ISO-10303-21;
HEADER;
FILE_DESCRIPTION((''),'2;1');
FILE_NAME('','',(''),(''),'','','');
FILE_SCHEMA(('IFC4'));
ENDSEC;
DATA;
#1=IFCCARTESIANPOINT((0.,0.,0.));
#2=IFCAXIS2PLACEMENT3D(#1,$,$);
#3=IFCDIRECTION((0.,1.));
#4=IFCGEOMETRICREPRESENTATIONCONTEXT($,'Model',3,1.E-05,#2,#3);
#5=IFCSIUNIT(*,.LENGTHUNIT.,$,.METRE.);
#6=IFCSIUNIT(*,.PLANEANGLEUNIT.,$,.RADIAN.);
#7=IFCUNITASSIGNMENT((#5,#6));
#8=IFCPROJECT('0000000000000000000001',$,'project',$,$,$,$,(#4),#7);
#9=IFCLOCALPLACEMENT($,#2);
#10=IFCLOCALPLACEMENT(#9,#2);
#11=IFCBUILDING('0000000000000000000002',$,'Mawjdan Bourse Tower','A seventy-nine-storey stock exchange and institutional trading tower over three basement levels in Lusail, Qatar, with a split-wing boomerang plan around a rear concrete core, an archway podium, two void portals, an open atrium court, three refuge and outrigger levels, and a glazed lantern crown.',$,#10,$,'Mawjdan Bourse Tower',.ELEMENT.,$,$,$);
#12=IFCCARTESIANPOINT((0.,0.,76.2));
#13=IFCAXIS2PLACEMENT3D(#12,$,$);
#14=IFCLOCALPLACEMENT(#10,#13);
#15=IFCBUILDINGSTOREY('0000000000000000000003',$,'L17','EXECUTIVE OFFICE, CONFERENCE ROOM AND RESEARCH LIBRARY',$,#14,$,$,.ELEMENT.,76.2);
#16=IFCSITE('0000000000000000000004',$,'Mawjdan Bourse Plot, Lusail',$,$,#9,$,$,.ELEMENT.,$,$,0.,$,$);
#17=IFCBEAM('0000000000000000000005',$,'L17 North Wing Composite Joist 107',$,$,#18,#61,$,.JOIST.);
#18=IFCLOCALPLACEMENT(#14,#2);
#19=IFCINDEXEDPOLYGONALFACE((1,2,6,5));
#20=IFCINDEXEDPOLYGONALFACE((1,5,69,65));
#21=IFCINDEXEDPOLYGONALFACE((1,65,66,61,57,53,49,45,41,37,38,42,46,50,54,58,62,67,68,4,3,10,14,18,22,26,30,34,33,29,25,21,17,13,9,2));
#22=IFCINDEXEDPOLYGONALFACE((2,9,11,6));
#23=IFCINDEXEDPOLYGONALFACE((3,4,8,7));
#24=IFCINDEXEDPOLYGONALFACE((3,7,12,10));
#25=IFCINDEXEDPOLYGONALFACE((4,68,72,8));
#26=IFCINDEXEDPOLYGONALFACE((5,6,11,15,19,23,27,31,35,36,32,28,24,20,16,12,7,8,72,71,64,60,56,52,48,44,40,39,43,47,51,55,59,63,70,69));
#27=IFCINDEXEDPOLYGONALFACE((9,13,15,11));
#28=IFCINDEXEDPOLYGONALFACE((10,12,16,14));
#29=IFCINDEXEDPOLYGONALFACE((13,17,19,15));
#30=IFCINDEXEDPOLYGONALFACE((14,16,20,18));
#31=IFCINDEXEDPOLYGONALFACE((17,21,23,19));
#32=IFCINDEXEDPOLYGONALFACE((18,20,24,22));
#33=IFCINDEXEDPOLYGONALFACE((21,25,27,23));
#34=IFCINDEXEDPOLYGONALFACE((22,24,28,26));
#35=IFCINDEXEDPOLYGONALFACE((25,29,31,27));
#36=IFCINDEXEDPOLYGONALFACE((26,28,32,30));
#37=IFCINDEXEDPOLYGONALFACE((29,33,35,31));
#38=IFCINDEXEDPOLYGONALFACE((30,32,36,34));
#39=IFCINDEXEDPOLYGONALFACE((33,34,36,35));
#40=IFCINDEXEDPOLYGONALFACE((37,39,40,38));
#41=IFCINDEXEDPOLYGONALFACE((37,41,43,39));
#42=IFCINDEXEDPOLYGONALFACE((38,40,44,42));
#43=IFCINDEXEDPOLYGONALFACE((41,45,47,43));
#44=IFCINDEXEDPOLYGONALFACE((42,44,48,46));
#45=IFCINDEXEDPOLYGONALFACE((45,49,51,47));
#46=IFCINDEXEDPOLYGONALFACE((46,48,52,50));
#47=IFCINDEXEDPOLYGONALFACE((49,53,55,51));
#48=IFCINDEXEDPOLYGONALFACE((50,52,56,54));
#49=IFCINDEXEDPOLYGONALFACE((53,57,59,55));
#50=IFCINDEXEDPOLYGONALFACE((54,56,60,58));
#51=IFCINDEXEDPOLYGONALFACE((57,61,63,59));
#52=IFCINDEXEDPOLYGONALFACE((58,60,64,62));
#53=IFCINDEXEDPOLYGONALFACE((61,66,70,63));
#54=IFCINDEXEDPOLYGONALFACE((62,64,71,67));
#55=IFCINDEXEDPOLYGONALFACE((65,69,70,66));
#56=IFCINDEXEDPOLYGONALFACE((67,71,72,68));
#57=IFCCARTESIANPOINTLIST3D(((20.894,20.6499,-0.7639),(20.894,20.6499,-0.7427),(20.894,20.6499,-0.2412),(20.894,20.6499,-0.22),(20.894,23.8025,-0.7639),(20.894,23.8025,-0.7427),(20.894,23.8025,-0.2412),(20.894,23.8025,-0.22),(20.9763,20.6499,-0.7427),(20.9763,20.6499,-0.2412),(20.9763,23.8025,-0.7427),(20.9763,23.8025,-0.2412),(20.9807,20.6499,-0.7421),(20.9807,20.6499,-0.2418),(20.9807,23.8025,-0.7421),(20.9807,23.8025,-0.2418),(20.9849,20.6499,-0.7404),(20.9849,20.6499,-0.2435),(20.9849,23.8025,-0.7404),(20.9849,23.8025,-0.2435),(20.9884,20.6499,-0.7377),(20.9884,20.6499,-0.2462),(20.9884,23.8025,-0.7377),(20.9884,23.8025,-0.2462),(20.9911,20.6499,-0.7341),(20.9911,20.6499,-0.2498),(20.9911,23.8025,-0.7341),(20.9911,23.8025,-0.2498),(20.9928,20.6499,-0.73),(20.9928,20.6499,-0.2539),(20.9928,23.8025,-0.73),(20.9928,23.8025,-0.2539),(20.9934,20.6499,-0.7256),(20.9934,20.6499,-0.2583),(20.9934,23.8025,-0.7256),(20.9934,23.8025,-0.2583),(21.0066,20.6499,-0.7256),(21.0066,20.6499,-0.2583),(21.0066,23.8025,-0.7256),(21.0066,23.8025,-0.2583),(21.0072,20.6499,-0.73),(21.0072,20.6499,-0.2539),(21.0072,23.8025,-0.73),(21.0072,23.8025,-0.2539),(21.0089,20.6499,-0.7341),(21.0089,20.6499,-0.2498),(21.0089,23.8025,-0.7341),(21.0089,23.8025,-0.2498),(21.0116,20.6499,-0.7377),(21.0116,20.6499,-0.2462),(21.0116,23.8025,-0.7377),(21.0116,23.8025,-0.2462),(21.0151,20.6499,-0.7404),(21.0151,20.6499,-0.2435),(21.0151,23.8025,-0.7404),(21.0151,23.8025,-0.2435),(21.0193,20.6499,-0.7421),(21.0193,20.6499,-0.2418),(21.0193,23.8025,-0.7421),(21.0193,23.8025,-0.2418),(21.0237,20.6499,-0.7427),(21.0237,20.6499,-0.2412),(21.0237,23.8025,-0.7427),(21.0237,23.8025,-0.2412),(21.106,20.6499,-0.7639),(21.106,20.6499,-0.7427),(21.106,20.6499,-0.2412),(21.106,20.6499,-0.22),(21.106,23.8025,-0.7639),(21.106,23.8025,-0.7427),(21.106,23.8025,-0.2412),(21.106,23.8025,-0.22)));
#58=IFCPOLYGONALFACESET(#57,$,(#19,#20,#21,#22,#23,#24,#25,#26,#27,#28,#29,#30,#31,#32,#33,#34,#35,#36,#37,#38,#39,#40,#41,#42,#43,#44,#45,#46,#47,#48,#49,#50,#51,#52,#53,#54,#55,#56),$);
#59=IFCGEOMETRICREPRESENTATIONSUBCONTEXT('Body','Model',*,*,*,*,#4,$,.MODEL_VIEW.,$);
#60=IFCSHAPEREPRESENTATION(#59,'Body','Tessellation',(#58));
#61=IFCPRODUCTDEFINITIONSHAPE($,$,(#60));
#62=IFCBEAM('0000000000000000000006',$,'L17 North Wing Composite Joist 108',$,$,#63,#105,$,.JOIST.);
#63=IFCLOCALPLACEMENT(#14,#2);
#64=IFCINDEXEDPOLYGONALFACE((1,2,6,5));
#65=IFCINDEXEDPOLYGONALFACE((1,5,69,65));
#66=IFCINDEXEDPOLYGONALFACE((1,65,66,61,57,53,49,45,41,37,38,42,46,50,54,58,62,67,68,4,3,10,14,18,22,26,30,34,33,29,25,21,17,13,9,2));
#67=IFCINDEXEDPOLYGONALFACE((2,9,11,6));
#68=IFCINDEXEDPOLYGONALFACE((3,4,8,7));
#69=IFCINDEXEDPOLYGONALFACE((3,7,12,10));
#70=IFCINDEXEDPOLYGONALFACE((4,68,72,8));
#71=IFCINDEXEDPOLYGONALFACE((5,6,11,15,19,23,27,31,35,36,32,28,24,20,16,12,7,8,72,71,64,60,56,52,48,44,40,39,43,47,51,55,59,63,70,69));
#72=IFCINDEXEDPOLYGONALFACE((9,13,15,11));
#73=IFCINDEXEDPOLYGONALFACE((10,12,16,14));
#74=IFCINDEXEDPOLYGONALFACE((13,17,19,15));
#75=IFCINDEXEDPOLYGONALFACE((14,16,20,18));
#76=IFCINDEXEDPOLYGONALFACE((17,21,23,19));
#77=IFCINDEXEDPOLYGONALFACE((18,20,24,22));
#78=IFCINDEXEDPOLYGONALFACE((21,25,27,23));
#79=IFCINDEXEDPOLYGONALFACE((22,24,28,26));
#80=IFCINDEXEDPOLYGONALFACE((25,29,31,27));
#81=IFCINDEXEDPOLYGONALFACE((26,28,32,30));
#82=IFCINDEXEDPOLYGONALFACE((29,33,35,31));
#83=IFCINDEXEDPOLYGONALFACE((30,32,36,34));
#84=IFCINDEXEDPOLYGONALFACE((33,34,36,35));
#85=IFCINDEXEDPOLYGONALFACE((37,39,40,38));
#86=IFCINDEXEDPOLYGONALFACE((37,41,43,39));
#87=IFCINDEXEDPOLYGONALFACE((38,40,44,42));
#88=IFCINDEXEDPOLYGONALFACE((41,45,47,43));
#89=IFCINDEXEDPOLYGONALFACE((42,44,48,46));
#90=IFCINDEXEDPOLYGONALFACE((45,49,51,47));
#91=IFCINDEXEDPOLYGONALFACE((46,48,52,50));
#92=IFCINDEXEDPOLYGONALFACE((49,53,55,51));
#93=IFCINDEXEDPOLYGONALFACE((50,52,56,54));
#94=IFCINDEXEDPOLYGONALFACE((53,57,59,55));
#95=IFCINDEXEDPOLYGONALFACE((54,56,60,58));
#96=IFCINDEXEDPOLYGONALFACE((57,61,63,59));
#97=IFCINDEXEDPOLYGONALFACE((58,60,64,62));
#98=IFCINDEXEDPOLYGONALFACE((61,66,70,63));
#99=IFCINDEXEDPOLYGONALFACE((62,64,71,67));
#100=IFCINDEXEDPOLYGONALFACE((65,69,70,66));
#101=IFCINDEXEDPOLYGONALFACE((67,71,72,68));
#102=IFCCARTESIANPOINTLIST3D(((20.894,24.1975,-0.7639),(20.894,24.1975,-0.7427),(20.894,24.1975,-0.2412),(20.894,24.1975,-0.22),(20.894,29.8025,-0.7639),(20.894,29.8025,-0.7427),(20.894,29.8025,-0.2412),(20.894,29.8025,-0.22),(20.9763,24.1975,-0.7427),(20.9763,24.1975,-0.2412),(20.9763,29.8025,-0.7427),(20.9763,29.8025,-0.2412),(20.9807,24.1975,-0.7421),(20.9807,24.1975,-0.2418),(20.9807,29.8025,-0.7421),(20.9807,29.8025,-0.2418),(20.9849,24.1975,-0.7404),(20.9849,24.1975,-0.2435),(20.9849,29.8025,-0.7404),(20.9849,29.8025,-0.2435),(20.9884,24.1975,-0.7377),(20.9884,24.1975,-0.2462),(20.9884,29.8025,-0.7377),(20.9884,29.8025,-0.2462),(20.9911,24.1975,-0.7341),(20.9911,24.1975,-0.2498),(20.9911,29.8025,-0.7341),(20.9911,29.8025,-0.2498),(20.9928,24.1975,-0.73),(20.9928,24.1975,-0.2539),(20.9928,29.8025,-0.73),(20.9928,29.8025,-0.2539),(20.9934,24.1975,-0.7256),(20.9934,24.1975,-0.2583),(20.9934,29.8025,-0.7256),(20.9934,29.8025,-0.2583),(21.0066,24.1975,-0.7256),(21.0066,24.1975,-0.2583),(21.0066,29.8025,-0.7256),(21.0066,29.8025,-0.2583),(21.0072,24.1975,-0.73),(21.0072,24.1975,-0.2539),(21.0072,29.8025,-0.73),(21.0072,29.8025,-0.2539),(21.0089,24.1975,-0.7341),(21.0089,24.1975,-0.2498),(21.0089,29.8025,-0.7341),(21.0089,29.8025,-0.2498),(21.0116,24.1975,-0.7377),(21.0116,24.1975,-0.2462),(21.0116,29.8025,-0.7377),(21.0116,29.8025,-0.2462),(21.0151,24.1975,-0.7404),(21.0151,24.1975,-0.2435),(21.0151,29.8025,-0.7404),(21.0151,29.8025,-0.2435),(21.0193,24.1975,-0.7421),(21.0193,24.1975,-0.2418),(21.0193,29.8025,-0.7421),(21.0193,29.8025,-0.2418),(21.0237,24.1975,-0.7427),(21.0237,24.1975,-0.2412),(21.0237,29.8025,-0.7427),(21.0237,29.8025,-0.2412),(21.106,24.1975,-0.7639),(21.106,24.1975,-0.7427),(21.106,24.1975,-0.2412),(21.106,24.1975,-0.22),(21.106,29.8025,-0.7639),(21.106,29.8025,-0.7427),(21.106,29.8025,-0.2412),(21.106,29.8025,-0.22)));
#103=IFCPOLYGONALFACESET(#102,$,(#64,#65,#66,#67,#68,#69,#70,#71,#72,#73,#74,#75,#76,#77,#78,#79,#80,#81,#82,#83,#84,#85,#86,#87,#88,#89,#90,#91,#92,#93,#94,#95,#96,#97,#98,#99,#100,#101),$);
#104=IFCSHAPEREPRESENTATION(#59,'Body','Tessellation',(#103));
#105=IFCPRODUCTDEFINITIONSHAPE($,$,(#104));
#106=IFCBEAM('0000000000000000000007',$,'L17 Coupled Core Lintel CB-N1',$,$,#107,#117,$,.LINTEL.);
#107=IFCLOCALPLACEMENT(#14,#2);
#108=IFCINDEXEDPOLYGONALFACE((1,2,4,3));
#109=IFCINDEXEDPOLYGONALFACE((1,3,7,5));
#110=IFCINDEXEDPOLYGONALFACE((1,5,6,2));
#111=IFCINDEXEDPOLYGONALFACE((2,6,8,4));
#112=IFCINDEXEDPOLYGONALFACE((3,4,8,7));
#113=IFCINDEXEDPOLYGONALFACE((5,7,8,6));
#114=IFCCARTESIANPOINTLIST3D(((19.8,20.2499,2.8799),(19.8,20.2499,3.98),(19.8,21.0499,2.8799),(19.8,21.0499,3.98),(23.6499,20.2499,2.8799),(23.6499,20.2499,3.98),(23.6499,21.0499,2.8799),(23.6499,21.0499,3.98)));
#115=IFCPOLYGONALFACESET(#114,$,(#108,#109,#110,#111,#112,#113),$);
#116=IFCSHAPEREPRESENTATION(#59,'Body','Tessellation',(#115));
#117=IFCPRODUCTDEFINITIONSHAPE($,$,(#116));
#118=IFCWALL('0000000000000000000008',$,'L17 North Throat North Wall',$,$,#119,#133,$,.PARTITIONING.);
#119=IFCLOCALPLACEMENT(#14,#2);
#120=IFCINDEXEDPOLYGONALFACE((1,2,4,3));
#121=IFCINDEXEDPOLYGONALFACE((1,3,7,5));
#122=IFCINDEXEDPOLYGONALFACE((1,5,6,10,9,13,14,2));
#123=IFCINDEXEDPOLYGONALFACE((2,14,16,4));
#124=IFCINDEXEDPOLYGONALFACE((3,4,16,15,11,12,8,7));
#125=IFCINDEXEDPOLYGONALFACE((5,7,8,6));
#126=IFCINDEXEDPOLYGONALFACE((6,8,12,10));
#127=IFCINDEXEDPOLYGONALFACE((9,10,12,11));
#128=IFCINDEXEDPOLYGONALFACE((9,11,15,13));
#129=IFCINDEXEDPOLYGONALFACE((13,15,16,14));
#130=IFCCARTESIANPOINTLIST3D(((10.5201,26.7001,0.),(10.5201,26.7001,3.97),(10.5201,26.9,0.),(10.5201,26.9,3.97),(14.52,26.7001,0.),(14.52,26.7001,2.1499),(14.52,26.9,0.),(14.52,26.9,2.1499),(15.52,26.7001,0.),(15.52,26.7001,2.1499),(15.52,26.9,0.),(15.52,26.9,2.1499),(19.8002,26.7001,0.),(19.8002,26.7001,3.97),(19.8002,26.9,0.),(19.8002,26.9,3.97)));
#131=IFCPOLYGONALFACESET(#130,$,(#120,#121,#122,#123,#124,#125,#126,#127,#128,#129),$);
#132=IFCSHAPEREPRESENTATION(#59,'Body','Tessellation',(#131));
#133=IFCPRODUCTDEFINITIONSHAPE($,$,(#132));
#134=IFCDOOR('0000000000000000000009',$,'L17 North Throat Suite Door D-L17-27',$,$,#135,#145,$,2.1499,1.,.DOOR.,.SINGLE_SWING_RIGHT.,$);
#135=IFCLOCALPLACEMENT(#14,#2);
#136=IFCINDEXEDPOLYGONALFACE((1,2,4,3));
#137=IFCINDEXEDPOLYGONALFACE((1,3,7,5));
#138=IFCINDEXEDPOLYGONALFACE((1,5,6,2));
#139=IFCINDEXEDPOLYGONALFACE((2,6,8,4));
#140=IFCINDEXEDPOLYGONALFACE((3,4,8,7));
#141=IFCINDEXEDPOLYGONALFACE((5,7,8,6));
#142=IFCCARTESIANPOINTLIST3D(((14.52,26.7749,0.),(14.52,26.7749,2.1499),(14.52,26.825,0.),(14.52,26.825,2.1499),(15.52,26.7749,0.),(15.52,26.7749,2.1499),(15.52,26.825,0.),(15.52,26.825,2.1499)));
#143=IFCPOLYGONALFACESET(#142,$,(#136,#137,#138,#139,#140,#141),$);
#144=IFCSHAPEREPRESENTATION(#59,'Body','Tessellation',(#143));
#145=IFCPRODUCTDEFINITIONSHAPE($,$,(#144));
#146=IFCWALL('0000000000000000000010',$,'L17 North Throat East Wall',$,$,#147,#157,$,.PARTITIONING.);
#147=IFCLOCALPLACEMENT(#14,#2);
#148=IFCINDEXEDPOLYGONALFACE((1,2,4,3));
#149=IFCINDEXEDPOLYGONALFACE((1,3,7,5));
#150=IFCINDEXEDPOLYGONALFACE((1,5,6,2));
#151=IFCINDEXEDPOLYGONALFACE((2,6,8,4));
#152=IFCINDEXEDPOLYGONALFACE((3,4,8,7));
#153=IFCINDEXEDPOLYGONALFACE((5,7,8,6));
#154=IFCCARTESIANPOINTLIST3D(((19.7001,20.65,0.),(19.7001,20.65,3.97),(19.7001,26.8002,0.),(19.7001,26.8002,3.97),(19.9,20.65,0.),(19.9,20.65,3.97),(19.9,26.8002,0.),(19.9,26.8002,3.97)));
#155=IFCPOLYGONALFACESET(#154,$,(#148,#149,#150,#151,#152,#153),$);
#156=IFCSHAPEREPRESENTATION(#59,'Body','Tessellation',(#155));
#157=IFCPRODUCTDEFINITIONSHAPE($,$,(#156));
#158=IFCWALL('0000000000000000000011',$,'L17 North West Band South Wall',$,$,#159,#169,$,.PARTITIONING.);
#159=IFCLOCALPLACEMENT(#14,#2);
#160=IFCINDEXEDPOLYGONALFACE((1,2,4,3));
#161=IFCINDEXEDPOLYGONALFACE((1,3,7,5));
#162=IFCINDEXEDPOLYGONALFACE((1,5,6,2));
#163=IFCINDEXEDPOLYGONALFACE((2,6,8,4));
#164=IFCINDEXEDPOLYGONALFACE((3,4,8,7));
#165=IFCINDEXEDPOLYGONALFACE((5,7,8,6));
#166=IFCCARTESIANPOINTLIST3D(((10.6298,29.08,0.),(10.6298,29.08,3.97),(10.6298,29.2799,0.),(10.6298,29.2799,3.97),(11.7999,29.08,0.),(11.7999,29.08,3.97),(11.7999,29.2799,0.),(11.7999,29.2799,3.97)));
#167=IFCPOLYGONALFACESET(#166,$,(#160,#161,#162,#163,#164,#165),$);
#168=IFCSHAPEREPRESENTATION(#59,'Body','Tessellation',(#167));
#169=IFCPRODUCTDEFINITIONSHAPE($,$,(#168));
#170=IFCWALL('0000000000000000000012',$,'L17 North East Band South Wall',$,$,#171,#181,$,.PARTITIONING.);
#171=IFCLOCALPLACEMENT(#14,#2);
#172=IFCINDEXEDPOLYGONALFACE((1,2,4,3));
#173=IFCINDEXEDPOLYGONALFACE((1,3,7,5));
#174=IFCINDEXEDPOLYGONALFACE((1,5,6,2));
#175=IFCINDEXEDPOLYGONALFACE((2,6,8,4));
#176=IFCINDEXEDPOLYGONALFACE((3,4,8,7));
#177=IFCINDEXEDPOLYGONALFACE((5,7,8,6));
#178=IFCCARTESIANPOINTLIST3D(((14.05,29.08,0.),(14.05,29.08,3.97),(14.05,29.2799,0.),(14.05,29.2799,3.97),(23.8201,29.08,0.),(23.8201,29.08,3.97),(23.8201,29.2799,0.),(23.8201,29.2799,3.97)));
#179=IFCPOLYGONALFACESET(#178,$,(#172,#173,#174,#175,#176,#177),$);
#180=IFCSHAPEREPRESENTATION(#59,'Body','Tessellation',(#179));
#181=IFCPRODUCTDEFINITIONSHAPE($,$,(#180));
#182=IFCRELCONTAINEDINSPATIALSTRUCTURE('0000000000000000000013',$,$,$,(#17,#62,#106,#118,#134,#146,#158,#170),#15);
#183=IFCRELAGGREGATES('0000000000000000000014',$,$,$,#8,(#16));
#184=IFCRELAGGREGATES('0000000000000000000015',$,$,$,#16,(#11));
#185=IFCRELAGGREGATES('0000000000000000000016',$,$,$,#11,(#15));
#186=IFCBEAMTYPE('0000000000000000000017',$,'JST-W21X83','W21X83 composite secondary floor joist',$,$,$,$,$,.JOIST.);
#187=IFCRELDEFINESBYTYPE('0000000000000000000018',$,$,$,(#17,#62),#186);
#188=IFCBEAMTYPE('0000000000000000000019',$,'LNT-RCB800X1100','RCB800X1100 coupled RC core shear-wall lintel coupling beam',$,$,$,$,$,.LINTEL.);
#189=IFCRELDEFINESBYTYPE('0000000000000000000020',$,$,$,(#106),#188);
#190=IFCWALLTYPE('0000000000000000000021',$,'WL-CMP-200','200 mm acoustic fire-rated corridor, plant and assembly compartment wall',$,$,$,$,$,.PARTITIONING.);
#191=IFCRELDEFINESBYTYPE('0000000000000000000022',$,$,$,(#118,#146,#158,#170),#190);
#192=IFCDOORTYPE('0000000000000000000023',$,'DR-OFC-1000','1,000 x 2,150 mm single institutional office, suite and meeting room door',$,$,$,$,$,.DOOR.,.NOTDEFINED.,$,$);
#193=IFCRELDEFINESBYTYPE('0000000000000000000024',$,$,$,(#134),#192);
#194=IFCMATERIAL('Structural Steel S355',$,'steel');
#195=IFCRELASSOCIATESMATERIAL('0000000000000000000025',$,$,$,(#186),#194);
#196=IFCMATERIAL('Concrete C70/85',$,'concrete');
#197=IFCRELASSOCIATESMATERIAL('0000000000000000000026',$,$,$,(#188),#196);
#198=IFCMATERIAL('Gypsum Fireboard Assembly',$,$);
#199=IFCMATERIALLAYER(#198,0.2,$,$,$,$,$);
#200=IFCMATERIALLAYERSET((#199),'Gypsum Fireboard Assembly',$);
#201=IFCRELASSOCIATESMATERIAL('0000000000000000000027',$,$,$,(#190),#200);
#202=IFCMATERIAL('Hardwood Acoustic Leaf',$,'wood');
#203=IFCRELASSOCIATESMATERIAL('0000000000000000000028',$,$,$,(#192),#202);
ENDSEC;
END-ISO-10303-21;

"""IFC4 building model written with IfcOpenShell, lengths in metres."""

from ifc_helpers import new_model, si_unit, direction, frame, frame_2d, origin, origin_2d, place, context, subcontext, project, spatial, rectangle, i_section, extrude, material, layer, layer_set, material_profile, profile_set, type_object, element, fill, save


model = new_model("IFC4")

# Units and contexts
model_context = context("Model", 3, precision=1e-05, world=origin(), true_north=direction((0.0, 1.0)))
body_context = subcontext(model_context, "Body", "Model", "MODEL_VIEW")
ifc_project = project(units=[si_unit("LENGTHUNIT", "METRE"), si_unit("PLANEANGLEUNIT", "RADIAN")], contexts=[model_context])

# Site, building, storey
site_placement = place(None, origin())
site = spatial("IfcSite", under=ifc_project, at=site_placement, Name="Mawjdan Bourse Plot, Lusail", CompositionType="ELEMENT", RefElevation=0.0)
building_placement = place(site_placement, origin())
building = spatial("IfcBuilding", under=site, at=building_placement, Name="Mawjdan Bourse Tower", Description="A seventy-nine-storey stock exchange and institutional trading tower over three basement levels in Lusail, Qatar, with a split-wing boomerang plan around a rear concrete core, an archway podium, two void portals, an open atrium court, three refuge and outrigger levels, and a glazed lantern crown.", LongName="Mawjdan Bourse Tower", CompositionType="ELEMENT")
storey_placement = place(building_placement, frame((0.0, 0.0, 76.2)))
storey = spatial("IfcBuildingStorey", under=building, at=storey_placement, Name="L17", Description="EXECUTIVE OFFICE, CONFERENCE ROOM AND RESEARCH LIBRARY", CompositionType="ELEMENT", Elevation=76.2)

# Beams
ifc_material_1 = material(Name="Structural Steel S355", Category="steel")
ifc_material_profile_1 = material_profile(ifc_material_1, i_section(OverallWidth=0.2119, OverallDepth=0.5439, WebThickness=0.0132, FlangeThickness=0.0212, FilletRadius=0.0171, at=origin_2d()), Name="W21X83")
ifc_profile_set_1 = profile_set([ifc_material_profile_1], Name="Structural Steel S355")
beam_type_1 = type_object("IfcBeamType", Name="JST-W21X83", Description="W21X83 composite secondary floor joist", PredefinedType="JOIST", material=ifc_profile_set_1)
beam_1_placement = place(storey_placement, frame((21.0, 20.6499, -0.4919), z_axis=(0.0, 1.0, 0.0), x_axis=(-1.0, 0.0, 0.0)))
element("IfcBeam", 1, at=beam_1_placement, inside=storey, type_object=beam_type_1, Name="L17 North Wing Composite Joist 107", PredefinedType="JOIST", context=body_context, shape_type="SweptSolid", body=[
    extrude(i_section(OverallWidth=0.2119, OverallDepth=0.5439, WebThickness=0.0132, FlangeThickness=0.0212, FilletRadius=0.0171, at=origin_2d()), origin(), (0.0, 0.0, 1.0), 3.1526),
])
beam_2_placement = place(storey_placement, frame((21.0, 24.1975, -0.4919), z_axis=(0.0, 1.0, 0.0), x_axis=(-1.0, 0.0, 0.0)))
element("IfcBeam", 2, at=beam_2_placement, inside=storey, type_object=beam_type_1, Name="L17 North Wing Composite Joist 108", PredefinedType="JOIST", context=body_context, shape_type="SweptSolid", body=[
    extrude(i_section(OverallWidth=0.2119, OverallDepth=0.5439, WebThickness=0.0132, FlangeThickness=0.0212, FilletRadius=0.0171, at=origin_2d()), origin(), (0.0, 0.0, 1.0), 5.605),
])
ifc_material_2 = material(Name="Concrete C70/85", Category="concrete")
ifc_material_profile_2 = material_profile(ifc_material_2, rectangle(XDim=0.8, YDim=1.1001, at=origin_2d()), Name="RCB800X1100")
ifc_profile_set_2 = profile_set([ifc_material_profile_2], Name="Concrete C70/85")
beam_type_2 = type_object("IfcBeamType", Name="LNT-RCB800X1100", Description="RCB800X1100 coupled RC core shear-wall lintel coupling beam", PredefinedType="LINTEL", material=ifc_profile_set_2)
beam_3_placement = place(storey_placement, frame((19.8, 20.6499, 3.4299), z_axis=(1.0, 0.0, 0.0), x_axis=(0.0, 1.0, 0.0)))
element("IfcBeam", 3, at=beam_3_placement, inside=storey, type_object=beam_type_2, Name="L17 Coupled Core Lintel CB-N1", PredefinedType="LINTEL", context=body_context, shape_type="SweptSolid", body=[
    extrude(rectangle(XDim=0.8, YDim=1.1001, at=origin_2d()), origin(), (0.0, 0.0, 1.0), 3.8499),
])

# Wall, opening, door
ifc_material_3 = material(Name="Gypsum Fireboard Assembly")
ifc_layer_1 = layer(ifc_material_3, 0.2)
ifc_layer_set_1 = layer_set([ifc_layer_1], Name="Gypsum Fireboard Assembly")
wall_type_1 = type_object("IfcWallType", Name="WL-CMP-200", Description="200 mm acoustic fire-rated corridor, plant and assembly compartment wall", PredefinedType="PARTITIONING", material=ifc_layer_set_1)
wall_1_placement = place(storey_placement, frame((10.52, 26.8, 0.0), z_axis=(0.0, 0.0, 1.0), x_axis=(1.0, 0.0, 0.0)))
wall_1 = element("IfcWall", 4, at=wall_1_placement, inside=storey, type_object=wall_type_1, Name="L17 North Throat North Wall", PredefinedType="PARTITIONING", context=body_context, shape_type="SweptSolid", body=[
    extrude(rectangle(XDim=9.28, YDim=0.2, at=frame_2d((4.6401, 0.0))), origin(), (0.0, 0.0, 1.0), 3.97),
])
opening_1_placement = place(wall_1_placement, frame((4.0, 0.0, 0.0)))
opening_1 = element("IfcOpeningElement", 5, at=opening_1_placement, cuts=wall_1, PredefinedType="OPENING", context=body_context, shape_type="SweptSolid", body=[
    extrude(rectangle(XDim=1.0, YDim=2.1499, at=frame_2d((0.5, 1.075))), frame((0.0, 0.1099, 0.0), z_axis=(0.0, -1.0, 0.0), x_axis=(1.0, 0.0, 0.0)), (0.0, 0.0, 1.0), 0.22),
])
ifc_material_4 = material(Name="Hardwood Acoustic Leaf", Category="wood")
door_type_1 = type_object("IfcDoorType", Name="DR-OFC-1000", Description="1,000 x 2,150 mm single institutional office, suite and meeting room door", OperationType="NOTDEFINED", PredefinedType="DOOR", material=ifc_material_4)
door_1_placement = place(opening_1_placement, origin())
door_1 = element("IfcDoor", 6, at=door_1_placement, inside=storey, type_object=door_type_1, Name="L17 North Throat Suite Door D-L17-27", OperationType="SINGLE_SWING_RIGHT", OverallHeight=2.1499, OverallWidth=1.0, PredefinedType="DOOR", context=body_context, shape_type="SweptSolid", body=[
    extrude(rectangle(XDim=1.0, YDim=2.1499, at=frame_2d((0.5, 1.075))), frame((0.0, 0.0249, 0.0), z_axis=(0.0, -1.0, 0.0), x_axis=(1.0, 0.0, 0.0)), (0.0, 0.0, 1.0), 0.05),
])
fill(opening_1, door_1)

# Walls
wall_2_placement = place(storey_placement, frame((19.8, 20.6499, 0.0), z_axis=(0.0, 0.0, 1.0), x_axis=(0.0, 1.0, 0.0)))
element("IfcWall", 7, at=wall_2_placement, inside=storey, type_object=wall_type_1, Name="L17 North Throat East Wall", PredefinedType="PARTITIONING", context=body_context, shape_type="SweptSolid", body=[
    extrude(rectangle(XDim=6.1501, YDim=0.2, at=frame_2d((3.0752, 0.0))), origin(), (0.0, 0.0, 1.0), 3.97),
])
wall_3_placement = place(storey_placement, frame((10.6299, 29.1799, 0.0), z_axis=(0.0, 0.0, 1.0), x_axis=(1.0, 0.0, 0.0)))
element("IfcWall", 8, at=wall_3_placement, inside=storey, type_object=wall_type_1, Name="L17 North West Band South Wall", PredefinedType="PARTITIONING", context=body_context, shape_type="SweptSolid", body=[
    extrude(rectangle(XDim=1.1702, YDim=0.2, at=frame_2d((0.585, 0.0))), origin(), (0.0, 0.0, 1.0), 3.97),
])
wall_4_placement = place(storey_placement, frame((14.05, 29.1799, 0.0), z_axis=(0.0, 0.0, 1.0), x_axis=(1.0, 0.0, 0.0)))
element("IfcWall", 9, at=wall_4_placement, inside=storey, type_object=wall_type_1, Name="L17 North East Band South Wall", PredefinedType="PARTITIONING", context=body_context, shape_type="SweptSolid", body=[
    extrude(rectangle(XDim=9.77, YDim=0.2, at=frame_2d((4.885, 0.0))), origin(), (0.0, 0.0, 1.0), 3.97),
])

save(model, "model.ifc")
